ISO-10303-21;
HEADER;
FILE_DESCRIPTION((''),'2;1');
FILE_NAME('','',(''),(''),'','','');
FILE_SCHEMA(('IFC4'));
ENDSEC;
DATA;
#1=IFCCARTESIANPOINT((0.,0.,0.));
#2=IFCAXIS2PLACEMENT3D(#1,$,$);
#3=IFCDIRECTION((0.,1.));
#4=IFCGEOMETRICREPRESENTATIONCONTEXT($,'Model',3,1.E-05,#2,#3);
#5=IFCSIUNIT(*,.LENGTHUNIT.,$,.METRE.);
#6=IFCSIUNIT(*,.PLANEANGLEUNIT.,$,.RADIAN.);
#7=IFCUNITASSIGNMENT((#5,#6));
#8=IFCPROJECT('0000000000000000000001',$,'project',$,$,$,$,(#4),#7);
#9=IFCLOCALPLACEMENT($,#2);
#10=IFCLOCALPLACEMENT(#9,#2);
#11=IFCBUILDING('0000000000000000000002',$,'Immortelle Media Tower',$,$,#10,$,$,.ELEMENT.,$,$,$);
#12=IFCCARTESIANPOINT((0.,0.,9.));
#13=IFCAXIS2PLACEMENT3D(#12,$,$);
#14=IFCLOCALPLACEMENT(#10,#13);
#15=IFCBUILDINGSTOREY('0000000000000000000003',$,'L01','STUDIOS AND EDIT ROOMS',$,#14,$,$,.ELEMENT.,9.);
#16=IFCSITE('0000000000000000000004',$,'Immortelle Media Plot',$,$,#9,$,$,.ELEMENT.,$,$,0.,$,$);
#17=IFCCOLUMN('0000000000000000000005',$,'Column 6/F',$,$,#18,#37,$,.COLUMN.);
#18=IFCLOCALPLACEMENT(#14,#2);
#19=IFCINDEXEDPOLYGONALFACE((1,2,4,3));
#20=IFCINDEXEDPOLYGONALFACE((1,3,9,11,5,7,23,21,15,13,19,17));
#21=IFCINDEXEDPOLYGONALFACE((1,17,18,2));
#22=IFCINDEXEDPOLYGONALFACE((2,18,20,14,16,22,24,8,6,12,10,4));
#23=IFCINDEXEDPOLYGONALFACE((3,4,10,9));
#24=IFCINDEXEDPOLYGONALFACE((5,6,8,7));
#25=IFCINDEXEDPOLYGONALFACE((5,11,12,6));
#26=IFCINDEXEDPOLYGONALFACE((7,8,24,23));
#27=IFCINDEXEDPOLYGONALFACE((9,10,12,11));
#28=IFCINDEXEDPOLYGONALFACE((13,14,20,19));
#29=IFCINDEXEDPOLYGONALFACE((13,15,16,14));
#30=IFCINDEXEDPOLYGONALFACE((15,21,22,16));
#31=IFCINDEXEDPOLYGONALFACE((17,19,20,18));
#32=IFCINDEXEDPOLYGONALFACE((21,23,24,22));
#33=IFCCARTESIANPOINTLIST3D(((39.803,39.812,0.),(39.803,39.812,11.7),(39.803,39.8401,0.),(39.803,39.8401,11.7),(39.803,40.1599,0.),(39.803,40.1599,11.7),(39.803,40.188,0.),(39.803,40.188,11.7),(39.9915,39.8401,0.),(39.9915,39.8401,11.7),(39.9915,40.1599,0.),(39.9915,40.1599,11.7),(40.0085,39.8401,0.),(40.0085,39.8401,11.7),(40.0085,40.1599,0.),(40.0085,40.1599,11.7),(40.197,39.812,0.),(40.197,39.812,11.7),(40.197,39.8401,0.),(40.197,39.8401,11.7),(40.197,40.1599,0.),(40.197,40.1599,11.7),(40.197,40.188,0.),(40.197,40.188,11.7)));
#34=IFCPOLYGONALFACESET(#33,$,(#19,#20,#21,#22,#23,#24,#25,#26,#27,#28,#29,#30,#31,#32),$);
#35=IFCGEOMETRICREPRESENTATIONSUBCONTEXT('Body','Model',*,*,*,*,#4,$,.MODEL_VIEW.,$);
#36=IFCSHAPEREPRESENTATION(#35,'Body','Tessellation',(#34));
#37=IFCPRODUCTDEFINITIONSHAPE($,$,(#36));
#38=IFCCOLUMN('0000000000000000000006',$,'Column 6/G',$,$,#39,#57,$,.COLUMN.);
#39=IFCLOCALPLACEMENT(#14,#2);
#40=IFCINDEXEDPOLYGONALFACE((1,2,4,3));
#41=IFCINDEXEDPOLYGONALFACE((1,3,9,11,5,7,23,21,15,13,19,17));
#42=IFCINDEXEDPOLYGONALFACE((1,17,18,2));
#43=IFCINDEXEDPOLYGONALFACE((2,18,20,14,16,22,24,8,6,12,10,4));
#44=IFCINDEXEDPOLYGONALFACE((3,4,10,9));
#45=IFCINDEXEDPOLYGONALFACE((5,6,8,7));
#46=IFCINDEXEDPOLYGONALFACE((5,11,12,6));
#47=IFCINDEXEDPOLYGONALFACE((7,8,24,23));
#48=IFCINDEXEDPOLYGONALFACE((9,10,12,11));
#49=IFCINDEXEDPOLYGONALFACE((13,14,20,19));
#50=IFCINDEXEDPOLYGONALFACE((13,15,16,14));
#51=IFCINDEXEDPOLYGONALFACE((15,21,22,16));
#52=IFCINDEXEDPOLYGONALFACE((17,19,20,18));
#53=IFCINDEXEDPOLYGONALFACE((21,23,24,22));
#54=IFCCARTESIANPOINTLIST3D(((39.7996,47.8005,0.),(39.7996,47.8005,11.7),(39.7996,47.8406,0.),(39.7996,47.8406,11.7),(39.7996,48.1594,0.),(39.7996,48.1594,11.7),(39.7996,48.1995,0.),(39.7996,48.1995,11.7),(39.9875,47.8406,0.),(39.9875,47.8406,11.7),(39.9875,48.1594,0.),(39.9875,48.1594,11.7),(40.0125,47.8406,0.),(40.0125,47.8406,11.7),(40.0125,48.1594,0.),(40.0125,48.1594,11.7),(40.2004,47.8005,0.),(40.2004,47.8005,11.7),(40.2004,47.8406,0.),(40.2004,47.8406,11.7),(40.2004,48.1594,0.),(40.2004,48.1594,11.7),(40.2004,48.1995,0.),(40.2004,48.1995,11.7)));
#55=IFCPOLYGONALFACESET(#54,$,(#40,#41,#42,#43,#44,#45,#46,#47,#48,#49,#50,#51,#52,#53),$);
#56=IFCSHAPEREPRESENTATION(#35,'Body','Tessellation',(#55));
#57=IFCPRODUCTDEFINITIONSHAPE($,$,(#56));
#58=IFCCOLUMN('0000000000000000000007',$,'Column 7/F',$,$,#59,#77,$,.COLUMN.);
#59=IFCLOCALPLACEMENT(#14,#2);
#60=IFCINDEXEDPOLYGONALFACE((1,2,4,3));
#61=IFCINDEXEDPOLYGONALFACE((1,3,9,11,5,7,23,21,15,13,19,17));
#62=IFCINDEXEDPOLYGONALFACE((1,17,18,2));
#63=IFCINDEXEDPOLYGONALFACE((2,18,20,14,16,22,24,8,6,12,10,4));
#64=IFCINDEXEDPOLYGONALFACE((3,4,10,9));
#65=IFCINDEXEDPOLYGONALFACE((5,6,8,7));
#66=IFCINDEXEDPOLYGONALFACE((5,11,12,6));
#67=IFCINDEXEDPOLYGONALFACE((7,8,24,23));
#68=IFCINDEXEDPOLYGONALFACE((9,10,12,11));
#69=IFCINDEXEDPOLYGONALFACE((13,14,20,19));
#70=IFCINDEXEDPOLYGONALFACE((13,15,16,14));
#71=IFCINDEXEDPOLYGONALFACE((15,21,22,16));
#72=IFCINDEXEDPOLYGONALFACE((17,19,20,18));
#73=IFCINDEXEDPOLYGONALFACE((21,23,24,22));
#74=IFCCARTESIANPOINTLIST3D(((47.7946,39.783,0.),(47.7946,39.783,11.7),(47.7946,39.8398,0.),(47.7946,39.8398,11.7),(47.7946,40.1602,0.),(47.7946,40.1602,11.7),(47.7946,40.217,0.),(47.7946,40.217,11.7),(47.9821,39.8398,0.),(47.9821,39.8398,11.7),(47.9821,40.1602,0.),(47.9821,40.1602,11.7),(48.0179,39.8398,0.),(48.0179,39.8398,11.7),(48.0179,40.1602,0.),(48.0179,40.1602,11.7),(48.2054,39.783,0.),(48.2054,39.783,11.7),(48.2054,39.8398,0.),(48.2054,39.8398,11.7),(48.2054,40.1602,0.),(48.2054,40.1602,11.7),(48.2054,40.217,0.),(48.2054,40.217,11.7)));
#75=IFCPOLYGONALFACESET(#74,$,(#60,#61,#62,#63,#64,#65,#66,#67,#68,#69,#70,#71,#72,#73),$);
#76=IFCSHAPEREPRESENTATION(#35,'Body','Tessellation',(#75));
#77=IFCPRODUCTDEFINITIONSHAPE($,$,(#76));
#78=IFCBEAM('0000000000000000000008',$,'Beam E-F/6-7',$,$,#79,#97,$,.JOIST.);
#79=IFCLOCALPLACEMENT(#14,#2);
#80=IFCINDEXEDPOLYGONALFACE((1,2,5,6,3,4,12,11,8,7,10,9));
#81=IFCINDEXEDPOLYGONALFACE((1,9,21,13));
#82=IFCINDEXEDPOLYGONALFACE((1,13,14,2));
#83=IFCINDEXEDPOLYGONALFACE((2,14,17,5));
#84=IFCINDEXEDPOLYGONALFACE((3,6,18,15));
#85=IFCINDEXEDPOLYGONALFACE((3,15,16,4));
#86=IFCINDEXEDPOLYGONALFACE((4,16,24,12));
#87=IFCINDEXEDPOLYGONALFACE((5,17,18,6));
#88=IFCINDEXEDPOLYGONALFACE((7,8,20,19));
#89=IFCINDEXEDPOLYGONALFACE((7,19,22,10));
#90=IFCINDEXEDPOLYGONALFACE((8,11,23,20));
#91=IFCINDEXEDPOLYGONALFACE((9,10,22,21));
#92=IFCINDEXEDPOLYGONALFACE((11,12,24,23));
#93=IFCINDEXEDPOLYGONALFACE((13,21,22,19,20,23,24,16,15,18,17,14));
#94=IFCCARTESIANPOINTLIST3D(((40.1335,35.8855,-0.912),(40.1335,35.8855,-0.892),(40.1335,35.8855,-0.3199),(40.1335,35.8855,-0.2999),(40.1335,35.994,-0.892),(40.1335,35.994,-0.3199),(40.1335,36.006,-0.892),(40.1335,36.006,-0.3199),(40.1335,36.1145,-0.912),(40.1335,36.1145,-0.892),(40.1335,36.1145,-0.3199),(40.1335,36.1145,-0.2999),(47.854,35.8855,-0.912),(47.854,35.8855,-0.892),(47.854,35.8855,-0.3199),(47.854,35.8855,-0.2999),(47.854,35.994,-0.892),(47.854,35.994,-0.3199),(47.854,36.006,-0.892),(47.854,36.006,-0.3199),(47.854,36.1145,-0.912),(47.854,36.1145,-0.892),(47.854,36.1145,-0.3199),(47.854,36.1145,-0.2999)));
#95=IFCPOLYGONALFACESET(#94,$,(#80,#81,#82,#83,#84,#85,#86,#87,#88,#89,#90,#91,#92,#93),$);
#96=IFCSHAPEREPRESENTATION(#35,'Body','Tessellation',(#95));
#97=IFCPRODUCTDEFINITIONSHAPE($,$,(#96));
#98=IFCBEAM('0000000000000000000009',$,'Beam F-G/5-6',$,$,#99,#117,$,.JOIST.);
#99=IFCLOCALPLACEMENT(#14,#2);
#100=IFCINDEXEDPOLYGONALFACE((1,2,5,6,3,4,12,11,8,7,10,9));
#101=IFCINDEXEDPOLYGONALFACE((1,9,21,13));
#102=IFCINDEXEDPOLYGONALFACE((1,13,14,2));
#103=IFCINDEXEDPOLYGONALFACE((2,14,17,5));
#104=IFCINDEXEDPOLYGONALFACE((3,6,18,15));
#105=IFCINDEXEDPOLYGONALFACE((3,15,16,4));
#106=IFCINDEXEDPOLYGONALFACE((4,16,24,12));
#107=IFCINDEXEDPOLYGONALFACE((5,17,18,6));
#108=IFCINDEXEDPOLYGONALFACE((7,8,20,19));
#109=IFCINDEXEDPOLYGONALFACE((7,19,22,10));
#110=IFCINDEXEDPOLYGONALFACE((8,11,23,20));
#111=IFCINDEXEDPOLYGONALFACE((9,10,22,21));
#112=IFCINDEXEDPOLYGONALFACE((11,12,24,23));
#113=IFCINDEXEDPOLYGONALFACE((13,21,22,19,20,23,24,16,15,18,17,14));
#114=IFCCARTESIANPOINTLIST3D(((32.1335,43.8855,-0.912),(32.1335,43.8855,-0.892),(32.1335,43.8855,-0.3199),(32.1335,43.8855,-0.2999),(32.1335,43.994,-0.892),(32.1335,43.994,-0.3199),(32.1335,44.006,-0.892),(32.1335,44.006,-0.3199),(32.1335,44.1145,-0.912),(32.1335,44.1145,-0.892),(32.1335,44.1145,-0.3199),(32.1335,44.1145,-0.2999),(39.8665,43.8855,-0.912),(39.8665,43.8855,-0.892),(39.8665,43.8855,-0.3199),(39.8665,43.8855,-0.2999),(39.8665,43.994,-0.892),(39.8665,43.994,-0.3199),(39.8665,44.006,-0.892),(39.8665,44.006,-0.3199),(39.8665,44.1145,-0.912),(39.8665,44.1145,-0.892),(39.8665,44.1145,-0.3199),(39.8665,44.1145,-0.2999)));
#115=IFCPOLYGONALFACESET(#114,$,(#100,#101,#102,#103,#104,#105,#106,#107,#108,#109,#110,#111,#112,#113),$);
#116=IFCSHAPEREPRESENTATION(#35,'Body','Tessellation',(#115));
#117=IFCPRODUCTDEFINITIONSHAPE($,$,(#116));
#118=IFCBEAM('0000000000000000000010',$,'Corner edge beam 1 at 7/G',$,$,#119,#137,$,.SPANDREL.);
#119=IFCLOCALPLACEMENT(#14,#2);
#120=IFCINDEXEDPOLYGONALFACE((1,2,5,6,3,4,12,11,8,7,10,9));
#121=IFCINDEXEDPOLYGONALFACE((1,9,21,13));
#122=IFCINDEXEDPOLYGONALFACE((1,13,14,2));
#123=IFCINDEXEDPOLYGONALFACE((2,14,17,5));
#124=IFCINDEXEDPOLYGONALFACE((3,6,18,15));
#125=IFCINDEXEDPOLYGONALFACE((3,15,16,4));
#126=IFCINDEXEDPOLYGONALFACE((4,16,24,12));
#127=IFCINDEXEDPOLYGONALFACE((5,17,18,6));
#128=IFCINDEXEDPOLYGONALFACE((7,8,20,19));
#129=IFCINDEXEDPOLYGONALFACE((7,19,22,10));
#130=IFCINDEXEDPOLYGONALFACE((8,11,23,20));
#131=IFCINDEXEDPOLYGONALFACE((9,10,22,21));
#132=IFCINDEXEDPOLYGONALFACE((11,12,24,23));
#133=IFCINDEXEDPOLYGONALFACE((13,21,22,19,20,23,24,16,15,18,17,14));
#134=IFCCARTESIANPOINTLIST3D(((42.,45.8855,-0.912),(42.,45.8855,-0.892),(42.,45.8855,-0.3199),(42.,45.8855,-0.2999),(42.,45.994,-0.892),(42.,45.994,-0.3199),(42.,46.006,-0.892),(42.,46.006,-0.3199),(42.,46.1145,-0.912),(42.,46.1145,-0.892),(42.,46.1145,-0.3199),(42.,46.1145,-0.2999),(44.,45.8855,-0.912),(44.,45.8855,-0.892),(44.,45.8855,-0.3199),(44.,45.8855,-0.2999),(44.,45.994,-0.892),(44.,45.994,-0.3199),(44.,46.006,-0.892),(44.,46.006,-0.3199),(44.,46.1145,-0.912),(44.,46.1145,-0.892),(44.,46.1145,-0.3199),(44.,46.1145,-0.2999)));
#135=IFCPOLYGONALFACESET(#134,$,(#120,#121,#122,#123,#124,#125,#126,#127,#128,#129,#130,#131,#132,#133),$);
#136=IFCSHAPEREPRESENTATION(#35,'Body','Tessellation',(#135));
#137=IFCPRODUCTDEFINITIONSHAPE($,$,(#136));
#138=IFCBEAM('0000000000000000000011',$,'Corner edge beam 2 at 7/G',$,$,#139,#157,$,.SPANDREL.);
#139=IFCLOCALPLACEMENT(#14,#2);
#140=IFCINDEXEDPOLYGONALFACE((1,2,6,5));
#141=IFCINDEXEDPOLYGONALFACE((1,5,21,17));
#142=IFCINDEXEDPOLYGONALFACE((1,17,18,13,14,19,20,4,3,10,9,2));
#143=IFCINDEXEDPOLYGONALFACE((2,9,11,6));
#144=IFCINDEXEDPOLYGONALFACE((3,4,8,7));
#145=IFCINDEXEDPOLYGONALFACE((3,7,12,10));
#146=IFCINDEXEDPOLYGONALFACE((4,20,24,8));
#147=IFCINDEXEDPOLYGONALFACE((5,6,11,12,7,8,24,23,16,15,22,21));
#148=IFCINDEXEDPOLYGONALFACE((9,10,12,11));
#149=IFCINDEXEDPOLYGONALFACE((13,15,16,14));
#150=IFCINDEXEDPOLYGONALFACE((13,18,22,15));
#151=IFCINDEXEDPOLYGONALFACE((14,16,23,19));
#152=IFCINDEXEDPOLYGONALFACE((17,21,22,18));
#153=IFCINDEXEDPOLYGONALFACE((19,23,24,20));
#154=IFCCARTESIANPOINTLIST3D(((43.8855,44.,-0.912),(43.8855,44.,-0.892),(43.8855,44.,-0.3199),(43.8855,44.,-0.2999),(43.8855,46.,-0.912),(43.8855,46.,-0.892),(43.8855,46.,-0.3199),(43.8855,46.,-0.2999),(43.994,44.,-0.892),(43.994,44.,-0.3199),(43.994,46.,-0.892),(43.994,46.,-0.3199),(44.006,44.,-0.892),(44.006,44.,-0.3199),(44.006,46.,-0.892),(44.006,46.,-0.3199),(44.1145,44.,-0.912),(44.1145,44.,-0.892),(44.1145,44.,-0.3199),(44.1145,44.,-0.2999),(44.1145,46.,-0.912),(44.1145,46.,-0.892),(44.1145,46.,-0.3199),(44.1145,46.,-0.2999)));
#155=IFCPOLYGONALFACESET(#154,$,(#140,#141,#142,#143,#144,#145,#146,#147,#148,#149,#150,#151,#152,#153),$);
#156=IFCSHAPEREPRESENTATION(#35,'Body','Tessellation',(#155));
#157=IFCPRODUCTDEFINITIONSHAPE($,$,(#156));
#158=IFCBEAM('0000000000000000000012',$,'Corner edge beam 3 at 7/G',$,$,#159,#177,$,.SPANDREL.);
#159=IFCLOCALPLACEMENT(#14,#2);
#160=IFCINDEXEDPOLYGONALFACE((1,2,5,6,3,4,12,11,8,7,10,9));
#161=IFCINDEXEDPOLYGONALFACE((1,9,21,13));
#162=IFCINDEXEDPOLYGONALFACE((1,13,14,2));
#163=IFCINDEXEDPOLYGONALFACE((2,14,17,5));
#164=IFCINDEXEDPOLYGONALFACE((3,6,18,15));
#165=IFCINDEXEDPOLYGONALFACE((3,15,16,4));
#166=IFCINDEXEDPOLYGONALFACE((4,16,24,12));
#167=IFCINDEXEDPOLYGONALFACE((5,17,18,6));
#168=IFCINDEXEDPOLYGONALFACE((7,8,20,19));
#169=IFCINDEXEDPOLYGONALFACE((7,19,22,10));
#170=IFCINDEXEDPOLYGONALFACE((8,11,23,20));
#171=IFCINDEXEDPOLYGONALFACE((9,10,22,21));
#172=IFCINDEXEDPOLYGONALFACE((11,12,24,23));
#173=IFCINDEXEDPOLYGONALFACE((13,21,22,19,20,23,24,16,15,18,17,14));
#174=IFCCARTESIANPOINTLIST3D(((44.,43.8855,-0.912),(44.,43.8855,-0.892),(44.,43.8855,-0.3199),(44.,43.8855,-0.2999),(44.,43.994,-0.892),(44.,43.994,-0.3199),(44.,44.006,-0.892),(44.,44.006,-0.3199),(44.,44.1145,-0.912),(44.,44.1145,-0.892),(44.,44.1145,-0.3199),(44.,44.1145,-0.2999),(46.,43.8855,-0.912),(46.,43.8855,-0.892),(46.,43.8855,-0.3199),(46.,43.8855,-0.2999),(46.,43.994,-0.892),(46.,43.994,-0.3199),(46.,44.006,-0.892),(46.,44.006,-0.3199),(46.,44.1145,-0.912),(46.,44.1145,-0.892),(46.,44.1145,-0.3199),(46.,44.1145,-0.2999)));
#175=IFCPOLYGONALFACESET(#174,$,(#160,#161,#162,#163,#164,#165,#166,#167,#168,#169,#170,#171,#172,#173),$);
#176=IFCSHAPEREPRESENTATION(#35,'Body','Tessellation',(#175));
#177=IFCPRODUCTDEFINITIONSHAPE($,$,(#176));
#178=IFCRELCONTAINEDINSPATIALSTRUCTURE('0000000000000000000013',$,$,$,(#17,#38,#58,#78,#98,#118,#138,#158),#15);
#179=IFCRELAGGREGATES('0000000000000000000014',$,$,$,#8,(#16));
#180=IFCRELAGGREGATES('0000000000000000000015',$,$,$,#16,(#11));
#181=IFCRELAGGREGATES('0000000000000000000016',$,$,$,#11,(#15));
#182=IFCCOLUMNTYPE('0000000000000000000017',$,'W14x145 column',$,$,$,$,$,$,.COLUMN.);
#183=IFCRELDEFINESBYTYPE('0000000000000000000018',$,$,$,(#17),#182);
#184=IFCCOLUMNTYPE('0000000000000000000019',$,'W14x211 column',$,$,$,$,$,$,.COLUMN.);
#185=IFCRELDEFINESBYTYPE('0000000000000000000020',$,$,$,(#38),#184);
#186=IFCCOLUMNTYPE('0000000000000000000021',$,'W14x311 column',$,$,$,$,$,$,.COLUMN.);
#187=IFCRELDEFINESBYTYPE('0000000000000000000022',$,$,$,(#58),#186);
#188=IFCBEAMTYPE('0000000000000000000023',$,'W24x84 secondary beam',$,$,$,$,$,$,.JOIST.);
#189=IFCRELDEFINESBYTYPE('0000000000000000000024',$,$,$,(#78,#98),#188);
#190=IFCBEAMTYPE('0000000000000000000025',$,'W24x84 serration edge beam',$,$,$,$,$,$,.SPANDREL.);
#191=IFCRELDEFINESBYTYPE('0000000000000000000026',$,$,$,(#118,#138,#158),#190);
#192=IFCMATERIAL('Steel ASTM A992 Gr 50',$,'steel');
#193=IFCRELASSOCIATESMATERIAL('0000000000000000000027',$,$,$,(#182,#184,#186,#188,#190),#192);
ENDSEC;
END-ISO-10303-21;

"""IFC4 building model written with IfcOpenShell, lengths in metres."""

from ifc_helpers import new_model, si_unit, direction, frame, origin, origin_2d, place, context, subcontext, project, spatial, i_section, extrude, material, material_profile, profile_set, type_object, element, save


model = new_model("IFC4")

# Units and contexts
model_context = context("Model", 3, precision=1e-05, world=origin(), true_north=direction((0.0, 1.0)))
body_context = subcontext(model_context, "Body", "Model", "MODEL_VIEW")
ifc_project = project(units=[si_unit("LENGTHUNIT", "METRE"), si_unit("PLANEANGLEUNIT", "RADIAN")], contexts=[model_context])

# Site, building, storey
site_placement = place(None, origin())
site = spatial("IfcSite", under=ifc_project, at=site_placement, Name="Immortelle Media Plot", CompositionType="ELEMENT", RefElevation=0.0)
building_placement = place(site_placement, origin())
building = spatial("IfcBuilding", under=site, at=building_placement, Name="Immortelle Media Tower", CompositionType="ELEMENT")
storey_placement = place(building_placement, frame((0.0, 0.0, 9.0)))
storey = spatial("IfcBuildingStorey", under=building, at=storey_placement, Name="L01", Description="STUDIOS AND EDIT ROOMS", CompositionType="ELEMENT", Elevation=9.0)

# Columns
ifc_material_1 = material(Name="Steel ASTM A992 Gr 50", Category="steel")
ifc_material_profile_1 = material_profile(ifc_material_1, i_section(OverallWidth=0.394, OverallDepth=0.376, WebThickness=0.0171, FlangeThickness=0.0281, at=origin_2d()), Name="W14x145")
ifc_profile_set_1 = profile_set([ifc_material_profile_1], Name="Steel ASTM A992 Gr 50")
column_type_1 = type_object("IfcColumnType", Name="W14x145 column", PredefinedType="COLUMN", material=ifc_profile_set_1)
column_1_placement = place(storey_placement, frame((40.0, 40.0, 0.0), z_axis=(0.0, 0.0, 1.0), x_axis=(1.0, 0.0, 0.0)))
element("IfcColumn", 1, at=column_1_placement, inside=storey, type_object=column_type_1, Name="Column 6/F", PredefinedType="COLUMN", context=body_context, shape_type="SweptSolid", body=[
    extrude(i_section(OverallWidth=0.394, OverallDepth=0.376, WebThickness=0.0171, FlangeThickness=0.0281, at=origin_2d()), origin(), (0.0, 0.0, 1.0), 11.7),
])
ifc_material_profile_2 = material_profile(ifc_material_1, i_section(OverallWidth=0.4009, OverallDepth=0.3989, WebThickness=0.0249, FlangeThickness=0.04, at=origin_2d()), Name="W14x211")
ifc_profile_set_2 = profile_set([ifc_material_profile_2], Name="Steel ASTM A992 Gr 50")
column_type_2 = type_object("IfcColumnType", Name="W14x211 column", PredefinedType="COLUMN", material=ifc_profile_set_2)
column_2_placement = place(storey_placement, frame((40.0, 48.0, 0.0), z_axis=(0.0, 0.0, 1.0), x_axis=(1.0, 0.0, 0.0)))
element("IfcColumn", 2, at=column_2_placement, inside=storey, type_object=column_type_2, Name="Column 6/G", PredefinedType="COLUMN", context=body_context, shape_type="SweptSolid", body=[
    extrude(i_section(OverallWidth=0.4009, OverallDepth=0.3989, WebThickness=0.0249, FlangeThickness=0.04, at=origin_2d()), origin(), (0.0, 0.0, 1.0), 11.7),
])
ifc_material_profile_3 = material_profile(ifc_material_1, i_section(OverallWidth=0.4109, OverallDepth=0.4341, WebThickness=0.0359, FlangeThickness=0.0569, at=origin_2d()), Name="W14x311")
ifc_profile_set_3 = profile_set([ifc_material_profile_3], Name="Steel ASTM A992 Gr 50")
column_type_3 = type_object("IfcColumnType", Name="W14x311 column", PredefinedType="COLUMN", material=ifc_profile_set_3)
column_3_placement = place(storey_placement, frame((48.0, 40.0, 0.0), z_axis=(0.0, 0.0, 1.0), x_axis=(1.0, 0.0, 0.0)))
element("IfcColumn", 3, at=column_3_placement, inside=storey, type_object=column_type_3, Name="Column 7/F", PredefinedType="COLUMN", context=body_context, shape_type="SweptSolid", body=[
    extrude(i_section(OverallWidth=0.4109, OverallDepth=0.4341, WebThickness=0.0359, FlangeThickness=0.0569, at=origin_2d()), origin(), (0.0, 0.0, 1.0), 11.7),
])

# Beams
ifc_material_profile_4 = material_profile(ifc_material_1, i_section(OverallWidth=0.229, OverallDepth=0.6121, WebThickness=0.012, FlangeThickness=0.02, at=origin_2d()), Name="W24x84")
ifc_profile_set_4 = profile_set([ifc_material_profile_4], Name="Steel ASTM A992 Gr 50")
beam_type_1 = type_object("IfcBeamType", Name="W24x84 secondary beam", PredefinedType="JOIST", material=ifc_profile_set_4)
beam_1_placement = place(storey_placement, frame((40.1335, 36.0, -0.606), z_axis=(1.0, 0.0, 0.0), x_axis=(0.0, 1.0, 0.0)))
element("IfcBeam", 4, at=beam_1_placement, inside=storey, type_object=beam_type_1, Name="Beam E-F/6-7", PredefinedType="JOIST", context=body_context, shape_type="SweptSolid", body=[
    extrude(i_section(OverallWidth=0.229, OverallDepth=0.6121, WebThickness=0.012, FlangeThickness=0.02, at=origin_2d()), origin(), (0.0, 0.0, 1.0), 7.7205),
])
beam_2_placement = place(storey_placement, frame((32.1335, 44.0, -0.606), z_axis=(1.0, 0.0, 0.0), x_axis=(0.0, 1.0, 0.0)))
element("IfcBeam", 5, at=beam_2_placement, inside=storey, type_object=beam_type_1, Name="Beam F-G/5-6", PredefinedType="JOIST", context=body_context, shape_type="SweptSolid", body=[
    extrude(i_section(OverallWidth=0.229, OverallDepth=0.6121, WebThickness=0.012, FlangeThickness=0.02, at=origin_2d()), origin(), (0.0, 0.0, 1.0), 7.7329),
])
ifc_material_profile_5 = material_profile(ifc_material_1, i_section(OverallWidth=0.229, OverallDepth=0.6121, WebThickness=0.012, FlangeThickness=0.02, at=origin_2d()), Name="W24x84")
ifc_profile_set_5 = profile_set([ifc_material_profile_5], Name="Steel ASTM A992 Gr 50")
beam_type_2 = type_object("IfcBeamType", Name="W24x84 serration edge beam", PredefinedType="SPANDREL", material=ifc_profile_set_5)
for number, where, z_axis, x_axis, name in (
    (6, (42.0, 46.0, -0.606), (1.0, 0.0, 0.0), (0.0, 1.0, 0.0), "Corner edge beam 1 at 7/G"),
    (7, (44.0, 46.0, -0.606), (0.0, -1.0, 0.0), (1.0, 0.0, 0.0), "Corner edge beam 2 at 7/G"),
    (8, (44.0, 44.0, -0.606), (1.0, 0.0, 0.0), (0.0, 1.0, 0.0), "Corner edge beam 3 at 7/G"),
):
    element("IfcBeam", number, at=place(storey_placement, frame(where, z_axis=z_axis, x_axis=x_axis)), inside=storey, type_object=beam_type_2, Name=name, PredefinedType="SPANDREL", context=body_context, shape_type="SweptSolid", body=[
        extrude(i_section(OverallWidth=0.229, OverallDepth=0.6121, WebThickness=0.012, FlangeThickness=0.02, at=origin_2d()), origin(), (0.0, 0.0, 1.0), 2.0),
    ])

save(model, "model.ifc")
